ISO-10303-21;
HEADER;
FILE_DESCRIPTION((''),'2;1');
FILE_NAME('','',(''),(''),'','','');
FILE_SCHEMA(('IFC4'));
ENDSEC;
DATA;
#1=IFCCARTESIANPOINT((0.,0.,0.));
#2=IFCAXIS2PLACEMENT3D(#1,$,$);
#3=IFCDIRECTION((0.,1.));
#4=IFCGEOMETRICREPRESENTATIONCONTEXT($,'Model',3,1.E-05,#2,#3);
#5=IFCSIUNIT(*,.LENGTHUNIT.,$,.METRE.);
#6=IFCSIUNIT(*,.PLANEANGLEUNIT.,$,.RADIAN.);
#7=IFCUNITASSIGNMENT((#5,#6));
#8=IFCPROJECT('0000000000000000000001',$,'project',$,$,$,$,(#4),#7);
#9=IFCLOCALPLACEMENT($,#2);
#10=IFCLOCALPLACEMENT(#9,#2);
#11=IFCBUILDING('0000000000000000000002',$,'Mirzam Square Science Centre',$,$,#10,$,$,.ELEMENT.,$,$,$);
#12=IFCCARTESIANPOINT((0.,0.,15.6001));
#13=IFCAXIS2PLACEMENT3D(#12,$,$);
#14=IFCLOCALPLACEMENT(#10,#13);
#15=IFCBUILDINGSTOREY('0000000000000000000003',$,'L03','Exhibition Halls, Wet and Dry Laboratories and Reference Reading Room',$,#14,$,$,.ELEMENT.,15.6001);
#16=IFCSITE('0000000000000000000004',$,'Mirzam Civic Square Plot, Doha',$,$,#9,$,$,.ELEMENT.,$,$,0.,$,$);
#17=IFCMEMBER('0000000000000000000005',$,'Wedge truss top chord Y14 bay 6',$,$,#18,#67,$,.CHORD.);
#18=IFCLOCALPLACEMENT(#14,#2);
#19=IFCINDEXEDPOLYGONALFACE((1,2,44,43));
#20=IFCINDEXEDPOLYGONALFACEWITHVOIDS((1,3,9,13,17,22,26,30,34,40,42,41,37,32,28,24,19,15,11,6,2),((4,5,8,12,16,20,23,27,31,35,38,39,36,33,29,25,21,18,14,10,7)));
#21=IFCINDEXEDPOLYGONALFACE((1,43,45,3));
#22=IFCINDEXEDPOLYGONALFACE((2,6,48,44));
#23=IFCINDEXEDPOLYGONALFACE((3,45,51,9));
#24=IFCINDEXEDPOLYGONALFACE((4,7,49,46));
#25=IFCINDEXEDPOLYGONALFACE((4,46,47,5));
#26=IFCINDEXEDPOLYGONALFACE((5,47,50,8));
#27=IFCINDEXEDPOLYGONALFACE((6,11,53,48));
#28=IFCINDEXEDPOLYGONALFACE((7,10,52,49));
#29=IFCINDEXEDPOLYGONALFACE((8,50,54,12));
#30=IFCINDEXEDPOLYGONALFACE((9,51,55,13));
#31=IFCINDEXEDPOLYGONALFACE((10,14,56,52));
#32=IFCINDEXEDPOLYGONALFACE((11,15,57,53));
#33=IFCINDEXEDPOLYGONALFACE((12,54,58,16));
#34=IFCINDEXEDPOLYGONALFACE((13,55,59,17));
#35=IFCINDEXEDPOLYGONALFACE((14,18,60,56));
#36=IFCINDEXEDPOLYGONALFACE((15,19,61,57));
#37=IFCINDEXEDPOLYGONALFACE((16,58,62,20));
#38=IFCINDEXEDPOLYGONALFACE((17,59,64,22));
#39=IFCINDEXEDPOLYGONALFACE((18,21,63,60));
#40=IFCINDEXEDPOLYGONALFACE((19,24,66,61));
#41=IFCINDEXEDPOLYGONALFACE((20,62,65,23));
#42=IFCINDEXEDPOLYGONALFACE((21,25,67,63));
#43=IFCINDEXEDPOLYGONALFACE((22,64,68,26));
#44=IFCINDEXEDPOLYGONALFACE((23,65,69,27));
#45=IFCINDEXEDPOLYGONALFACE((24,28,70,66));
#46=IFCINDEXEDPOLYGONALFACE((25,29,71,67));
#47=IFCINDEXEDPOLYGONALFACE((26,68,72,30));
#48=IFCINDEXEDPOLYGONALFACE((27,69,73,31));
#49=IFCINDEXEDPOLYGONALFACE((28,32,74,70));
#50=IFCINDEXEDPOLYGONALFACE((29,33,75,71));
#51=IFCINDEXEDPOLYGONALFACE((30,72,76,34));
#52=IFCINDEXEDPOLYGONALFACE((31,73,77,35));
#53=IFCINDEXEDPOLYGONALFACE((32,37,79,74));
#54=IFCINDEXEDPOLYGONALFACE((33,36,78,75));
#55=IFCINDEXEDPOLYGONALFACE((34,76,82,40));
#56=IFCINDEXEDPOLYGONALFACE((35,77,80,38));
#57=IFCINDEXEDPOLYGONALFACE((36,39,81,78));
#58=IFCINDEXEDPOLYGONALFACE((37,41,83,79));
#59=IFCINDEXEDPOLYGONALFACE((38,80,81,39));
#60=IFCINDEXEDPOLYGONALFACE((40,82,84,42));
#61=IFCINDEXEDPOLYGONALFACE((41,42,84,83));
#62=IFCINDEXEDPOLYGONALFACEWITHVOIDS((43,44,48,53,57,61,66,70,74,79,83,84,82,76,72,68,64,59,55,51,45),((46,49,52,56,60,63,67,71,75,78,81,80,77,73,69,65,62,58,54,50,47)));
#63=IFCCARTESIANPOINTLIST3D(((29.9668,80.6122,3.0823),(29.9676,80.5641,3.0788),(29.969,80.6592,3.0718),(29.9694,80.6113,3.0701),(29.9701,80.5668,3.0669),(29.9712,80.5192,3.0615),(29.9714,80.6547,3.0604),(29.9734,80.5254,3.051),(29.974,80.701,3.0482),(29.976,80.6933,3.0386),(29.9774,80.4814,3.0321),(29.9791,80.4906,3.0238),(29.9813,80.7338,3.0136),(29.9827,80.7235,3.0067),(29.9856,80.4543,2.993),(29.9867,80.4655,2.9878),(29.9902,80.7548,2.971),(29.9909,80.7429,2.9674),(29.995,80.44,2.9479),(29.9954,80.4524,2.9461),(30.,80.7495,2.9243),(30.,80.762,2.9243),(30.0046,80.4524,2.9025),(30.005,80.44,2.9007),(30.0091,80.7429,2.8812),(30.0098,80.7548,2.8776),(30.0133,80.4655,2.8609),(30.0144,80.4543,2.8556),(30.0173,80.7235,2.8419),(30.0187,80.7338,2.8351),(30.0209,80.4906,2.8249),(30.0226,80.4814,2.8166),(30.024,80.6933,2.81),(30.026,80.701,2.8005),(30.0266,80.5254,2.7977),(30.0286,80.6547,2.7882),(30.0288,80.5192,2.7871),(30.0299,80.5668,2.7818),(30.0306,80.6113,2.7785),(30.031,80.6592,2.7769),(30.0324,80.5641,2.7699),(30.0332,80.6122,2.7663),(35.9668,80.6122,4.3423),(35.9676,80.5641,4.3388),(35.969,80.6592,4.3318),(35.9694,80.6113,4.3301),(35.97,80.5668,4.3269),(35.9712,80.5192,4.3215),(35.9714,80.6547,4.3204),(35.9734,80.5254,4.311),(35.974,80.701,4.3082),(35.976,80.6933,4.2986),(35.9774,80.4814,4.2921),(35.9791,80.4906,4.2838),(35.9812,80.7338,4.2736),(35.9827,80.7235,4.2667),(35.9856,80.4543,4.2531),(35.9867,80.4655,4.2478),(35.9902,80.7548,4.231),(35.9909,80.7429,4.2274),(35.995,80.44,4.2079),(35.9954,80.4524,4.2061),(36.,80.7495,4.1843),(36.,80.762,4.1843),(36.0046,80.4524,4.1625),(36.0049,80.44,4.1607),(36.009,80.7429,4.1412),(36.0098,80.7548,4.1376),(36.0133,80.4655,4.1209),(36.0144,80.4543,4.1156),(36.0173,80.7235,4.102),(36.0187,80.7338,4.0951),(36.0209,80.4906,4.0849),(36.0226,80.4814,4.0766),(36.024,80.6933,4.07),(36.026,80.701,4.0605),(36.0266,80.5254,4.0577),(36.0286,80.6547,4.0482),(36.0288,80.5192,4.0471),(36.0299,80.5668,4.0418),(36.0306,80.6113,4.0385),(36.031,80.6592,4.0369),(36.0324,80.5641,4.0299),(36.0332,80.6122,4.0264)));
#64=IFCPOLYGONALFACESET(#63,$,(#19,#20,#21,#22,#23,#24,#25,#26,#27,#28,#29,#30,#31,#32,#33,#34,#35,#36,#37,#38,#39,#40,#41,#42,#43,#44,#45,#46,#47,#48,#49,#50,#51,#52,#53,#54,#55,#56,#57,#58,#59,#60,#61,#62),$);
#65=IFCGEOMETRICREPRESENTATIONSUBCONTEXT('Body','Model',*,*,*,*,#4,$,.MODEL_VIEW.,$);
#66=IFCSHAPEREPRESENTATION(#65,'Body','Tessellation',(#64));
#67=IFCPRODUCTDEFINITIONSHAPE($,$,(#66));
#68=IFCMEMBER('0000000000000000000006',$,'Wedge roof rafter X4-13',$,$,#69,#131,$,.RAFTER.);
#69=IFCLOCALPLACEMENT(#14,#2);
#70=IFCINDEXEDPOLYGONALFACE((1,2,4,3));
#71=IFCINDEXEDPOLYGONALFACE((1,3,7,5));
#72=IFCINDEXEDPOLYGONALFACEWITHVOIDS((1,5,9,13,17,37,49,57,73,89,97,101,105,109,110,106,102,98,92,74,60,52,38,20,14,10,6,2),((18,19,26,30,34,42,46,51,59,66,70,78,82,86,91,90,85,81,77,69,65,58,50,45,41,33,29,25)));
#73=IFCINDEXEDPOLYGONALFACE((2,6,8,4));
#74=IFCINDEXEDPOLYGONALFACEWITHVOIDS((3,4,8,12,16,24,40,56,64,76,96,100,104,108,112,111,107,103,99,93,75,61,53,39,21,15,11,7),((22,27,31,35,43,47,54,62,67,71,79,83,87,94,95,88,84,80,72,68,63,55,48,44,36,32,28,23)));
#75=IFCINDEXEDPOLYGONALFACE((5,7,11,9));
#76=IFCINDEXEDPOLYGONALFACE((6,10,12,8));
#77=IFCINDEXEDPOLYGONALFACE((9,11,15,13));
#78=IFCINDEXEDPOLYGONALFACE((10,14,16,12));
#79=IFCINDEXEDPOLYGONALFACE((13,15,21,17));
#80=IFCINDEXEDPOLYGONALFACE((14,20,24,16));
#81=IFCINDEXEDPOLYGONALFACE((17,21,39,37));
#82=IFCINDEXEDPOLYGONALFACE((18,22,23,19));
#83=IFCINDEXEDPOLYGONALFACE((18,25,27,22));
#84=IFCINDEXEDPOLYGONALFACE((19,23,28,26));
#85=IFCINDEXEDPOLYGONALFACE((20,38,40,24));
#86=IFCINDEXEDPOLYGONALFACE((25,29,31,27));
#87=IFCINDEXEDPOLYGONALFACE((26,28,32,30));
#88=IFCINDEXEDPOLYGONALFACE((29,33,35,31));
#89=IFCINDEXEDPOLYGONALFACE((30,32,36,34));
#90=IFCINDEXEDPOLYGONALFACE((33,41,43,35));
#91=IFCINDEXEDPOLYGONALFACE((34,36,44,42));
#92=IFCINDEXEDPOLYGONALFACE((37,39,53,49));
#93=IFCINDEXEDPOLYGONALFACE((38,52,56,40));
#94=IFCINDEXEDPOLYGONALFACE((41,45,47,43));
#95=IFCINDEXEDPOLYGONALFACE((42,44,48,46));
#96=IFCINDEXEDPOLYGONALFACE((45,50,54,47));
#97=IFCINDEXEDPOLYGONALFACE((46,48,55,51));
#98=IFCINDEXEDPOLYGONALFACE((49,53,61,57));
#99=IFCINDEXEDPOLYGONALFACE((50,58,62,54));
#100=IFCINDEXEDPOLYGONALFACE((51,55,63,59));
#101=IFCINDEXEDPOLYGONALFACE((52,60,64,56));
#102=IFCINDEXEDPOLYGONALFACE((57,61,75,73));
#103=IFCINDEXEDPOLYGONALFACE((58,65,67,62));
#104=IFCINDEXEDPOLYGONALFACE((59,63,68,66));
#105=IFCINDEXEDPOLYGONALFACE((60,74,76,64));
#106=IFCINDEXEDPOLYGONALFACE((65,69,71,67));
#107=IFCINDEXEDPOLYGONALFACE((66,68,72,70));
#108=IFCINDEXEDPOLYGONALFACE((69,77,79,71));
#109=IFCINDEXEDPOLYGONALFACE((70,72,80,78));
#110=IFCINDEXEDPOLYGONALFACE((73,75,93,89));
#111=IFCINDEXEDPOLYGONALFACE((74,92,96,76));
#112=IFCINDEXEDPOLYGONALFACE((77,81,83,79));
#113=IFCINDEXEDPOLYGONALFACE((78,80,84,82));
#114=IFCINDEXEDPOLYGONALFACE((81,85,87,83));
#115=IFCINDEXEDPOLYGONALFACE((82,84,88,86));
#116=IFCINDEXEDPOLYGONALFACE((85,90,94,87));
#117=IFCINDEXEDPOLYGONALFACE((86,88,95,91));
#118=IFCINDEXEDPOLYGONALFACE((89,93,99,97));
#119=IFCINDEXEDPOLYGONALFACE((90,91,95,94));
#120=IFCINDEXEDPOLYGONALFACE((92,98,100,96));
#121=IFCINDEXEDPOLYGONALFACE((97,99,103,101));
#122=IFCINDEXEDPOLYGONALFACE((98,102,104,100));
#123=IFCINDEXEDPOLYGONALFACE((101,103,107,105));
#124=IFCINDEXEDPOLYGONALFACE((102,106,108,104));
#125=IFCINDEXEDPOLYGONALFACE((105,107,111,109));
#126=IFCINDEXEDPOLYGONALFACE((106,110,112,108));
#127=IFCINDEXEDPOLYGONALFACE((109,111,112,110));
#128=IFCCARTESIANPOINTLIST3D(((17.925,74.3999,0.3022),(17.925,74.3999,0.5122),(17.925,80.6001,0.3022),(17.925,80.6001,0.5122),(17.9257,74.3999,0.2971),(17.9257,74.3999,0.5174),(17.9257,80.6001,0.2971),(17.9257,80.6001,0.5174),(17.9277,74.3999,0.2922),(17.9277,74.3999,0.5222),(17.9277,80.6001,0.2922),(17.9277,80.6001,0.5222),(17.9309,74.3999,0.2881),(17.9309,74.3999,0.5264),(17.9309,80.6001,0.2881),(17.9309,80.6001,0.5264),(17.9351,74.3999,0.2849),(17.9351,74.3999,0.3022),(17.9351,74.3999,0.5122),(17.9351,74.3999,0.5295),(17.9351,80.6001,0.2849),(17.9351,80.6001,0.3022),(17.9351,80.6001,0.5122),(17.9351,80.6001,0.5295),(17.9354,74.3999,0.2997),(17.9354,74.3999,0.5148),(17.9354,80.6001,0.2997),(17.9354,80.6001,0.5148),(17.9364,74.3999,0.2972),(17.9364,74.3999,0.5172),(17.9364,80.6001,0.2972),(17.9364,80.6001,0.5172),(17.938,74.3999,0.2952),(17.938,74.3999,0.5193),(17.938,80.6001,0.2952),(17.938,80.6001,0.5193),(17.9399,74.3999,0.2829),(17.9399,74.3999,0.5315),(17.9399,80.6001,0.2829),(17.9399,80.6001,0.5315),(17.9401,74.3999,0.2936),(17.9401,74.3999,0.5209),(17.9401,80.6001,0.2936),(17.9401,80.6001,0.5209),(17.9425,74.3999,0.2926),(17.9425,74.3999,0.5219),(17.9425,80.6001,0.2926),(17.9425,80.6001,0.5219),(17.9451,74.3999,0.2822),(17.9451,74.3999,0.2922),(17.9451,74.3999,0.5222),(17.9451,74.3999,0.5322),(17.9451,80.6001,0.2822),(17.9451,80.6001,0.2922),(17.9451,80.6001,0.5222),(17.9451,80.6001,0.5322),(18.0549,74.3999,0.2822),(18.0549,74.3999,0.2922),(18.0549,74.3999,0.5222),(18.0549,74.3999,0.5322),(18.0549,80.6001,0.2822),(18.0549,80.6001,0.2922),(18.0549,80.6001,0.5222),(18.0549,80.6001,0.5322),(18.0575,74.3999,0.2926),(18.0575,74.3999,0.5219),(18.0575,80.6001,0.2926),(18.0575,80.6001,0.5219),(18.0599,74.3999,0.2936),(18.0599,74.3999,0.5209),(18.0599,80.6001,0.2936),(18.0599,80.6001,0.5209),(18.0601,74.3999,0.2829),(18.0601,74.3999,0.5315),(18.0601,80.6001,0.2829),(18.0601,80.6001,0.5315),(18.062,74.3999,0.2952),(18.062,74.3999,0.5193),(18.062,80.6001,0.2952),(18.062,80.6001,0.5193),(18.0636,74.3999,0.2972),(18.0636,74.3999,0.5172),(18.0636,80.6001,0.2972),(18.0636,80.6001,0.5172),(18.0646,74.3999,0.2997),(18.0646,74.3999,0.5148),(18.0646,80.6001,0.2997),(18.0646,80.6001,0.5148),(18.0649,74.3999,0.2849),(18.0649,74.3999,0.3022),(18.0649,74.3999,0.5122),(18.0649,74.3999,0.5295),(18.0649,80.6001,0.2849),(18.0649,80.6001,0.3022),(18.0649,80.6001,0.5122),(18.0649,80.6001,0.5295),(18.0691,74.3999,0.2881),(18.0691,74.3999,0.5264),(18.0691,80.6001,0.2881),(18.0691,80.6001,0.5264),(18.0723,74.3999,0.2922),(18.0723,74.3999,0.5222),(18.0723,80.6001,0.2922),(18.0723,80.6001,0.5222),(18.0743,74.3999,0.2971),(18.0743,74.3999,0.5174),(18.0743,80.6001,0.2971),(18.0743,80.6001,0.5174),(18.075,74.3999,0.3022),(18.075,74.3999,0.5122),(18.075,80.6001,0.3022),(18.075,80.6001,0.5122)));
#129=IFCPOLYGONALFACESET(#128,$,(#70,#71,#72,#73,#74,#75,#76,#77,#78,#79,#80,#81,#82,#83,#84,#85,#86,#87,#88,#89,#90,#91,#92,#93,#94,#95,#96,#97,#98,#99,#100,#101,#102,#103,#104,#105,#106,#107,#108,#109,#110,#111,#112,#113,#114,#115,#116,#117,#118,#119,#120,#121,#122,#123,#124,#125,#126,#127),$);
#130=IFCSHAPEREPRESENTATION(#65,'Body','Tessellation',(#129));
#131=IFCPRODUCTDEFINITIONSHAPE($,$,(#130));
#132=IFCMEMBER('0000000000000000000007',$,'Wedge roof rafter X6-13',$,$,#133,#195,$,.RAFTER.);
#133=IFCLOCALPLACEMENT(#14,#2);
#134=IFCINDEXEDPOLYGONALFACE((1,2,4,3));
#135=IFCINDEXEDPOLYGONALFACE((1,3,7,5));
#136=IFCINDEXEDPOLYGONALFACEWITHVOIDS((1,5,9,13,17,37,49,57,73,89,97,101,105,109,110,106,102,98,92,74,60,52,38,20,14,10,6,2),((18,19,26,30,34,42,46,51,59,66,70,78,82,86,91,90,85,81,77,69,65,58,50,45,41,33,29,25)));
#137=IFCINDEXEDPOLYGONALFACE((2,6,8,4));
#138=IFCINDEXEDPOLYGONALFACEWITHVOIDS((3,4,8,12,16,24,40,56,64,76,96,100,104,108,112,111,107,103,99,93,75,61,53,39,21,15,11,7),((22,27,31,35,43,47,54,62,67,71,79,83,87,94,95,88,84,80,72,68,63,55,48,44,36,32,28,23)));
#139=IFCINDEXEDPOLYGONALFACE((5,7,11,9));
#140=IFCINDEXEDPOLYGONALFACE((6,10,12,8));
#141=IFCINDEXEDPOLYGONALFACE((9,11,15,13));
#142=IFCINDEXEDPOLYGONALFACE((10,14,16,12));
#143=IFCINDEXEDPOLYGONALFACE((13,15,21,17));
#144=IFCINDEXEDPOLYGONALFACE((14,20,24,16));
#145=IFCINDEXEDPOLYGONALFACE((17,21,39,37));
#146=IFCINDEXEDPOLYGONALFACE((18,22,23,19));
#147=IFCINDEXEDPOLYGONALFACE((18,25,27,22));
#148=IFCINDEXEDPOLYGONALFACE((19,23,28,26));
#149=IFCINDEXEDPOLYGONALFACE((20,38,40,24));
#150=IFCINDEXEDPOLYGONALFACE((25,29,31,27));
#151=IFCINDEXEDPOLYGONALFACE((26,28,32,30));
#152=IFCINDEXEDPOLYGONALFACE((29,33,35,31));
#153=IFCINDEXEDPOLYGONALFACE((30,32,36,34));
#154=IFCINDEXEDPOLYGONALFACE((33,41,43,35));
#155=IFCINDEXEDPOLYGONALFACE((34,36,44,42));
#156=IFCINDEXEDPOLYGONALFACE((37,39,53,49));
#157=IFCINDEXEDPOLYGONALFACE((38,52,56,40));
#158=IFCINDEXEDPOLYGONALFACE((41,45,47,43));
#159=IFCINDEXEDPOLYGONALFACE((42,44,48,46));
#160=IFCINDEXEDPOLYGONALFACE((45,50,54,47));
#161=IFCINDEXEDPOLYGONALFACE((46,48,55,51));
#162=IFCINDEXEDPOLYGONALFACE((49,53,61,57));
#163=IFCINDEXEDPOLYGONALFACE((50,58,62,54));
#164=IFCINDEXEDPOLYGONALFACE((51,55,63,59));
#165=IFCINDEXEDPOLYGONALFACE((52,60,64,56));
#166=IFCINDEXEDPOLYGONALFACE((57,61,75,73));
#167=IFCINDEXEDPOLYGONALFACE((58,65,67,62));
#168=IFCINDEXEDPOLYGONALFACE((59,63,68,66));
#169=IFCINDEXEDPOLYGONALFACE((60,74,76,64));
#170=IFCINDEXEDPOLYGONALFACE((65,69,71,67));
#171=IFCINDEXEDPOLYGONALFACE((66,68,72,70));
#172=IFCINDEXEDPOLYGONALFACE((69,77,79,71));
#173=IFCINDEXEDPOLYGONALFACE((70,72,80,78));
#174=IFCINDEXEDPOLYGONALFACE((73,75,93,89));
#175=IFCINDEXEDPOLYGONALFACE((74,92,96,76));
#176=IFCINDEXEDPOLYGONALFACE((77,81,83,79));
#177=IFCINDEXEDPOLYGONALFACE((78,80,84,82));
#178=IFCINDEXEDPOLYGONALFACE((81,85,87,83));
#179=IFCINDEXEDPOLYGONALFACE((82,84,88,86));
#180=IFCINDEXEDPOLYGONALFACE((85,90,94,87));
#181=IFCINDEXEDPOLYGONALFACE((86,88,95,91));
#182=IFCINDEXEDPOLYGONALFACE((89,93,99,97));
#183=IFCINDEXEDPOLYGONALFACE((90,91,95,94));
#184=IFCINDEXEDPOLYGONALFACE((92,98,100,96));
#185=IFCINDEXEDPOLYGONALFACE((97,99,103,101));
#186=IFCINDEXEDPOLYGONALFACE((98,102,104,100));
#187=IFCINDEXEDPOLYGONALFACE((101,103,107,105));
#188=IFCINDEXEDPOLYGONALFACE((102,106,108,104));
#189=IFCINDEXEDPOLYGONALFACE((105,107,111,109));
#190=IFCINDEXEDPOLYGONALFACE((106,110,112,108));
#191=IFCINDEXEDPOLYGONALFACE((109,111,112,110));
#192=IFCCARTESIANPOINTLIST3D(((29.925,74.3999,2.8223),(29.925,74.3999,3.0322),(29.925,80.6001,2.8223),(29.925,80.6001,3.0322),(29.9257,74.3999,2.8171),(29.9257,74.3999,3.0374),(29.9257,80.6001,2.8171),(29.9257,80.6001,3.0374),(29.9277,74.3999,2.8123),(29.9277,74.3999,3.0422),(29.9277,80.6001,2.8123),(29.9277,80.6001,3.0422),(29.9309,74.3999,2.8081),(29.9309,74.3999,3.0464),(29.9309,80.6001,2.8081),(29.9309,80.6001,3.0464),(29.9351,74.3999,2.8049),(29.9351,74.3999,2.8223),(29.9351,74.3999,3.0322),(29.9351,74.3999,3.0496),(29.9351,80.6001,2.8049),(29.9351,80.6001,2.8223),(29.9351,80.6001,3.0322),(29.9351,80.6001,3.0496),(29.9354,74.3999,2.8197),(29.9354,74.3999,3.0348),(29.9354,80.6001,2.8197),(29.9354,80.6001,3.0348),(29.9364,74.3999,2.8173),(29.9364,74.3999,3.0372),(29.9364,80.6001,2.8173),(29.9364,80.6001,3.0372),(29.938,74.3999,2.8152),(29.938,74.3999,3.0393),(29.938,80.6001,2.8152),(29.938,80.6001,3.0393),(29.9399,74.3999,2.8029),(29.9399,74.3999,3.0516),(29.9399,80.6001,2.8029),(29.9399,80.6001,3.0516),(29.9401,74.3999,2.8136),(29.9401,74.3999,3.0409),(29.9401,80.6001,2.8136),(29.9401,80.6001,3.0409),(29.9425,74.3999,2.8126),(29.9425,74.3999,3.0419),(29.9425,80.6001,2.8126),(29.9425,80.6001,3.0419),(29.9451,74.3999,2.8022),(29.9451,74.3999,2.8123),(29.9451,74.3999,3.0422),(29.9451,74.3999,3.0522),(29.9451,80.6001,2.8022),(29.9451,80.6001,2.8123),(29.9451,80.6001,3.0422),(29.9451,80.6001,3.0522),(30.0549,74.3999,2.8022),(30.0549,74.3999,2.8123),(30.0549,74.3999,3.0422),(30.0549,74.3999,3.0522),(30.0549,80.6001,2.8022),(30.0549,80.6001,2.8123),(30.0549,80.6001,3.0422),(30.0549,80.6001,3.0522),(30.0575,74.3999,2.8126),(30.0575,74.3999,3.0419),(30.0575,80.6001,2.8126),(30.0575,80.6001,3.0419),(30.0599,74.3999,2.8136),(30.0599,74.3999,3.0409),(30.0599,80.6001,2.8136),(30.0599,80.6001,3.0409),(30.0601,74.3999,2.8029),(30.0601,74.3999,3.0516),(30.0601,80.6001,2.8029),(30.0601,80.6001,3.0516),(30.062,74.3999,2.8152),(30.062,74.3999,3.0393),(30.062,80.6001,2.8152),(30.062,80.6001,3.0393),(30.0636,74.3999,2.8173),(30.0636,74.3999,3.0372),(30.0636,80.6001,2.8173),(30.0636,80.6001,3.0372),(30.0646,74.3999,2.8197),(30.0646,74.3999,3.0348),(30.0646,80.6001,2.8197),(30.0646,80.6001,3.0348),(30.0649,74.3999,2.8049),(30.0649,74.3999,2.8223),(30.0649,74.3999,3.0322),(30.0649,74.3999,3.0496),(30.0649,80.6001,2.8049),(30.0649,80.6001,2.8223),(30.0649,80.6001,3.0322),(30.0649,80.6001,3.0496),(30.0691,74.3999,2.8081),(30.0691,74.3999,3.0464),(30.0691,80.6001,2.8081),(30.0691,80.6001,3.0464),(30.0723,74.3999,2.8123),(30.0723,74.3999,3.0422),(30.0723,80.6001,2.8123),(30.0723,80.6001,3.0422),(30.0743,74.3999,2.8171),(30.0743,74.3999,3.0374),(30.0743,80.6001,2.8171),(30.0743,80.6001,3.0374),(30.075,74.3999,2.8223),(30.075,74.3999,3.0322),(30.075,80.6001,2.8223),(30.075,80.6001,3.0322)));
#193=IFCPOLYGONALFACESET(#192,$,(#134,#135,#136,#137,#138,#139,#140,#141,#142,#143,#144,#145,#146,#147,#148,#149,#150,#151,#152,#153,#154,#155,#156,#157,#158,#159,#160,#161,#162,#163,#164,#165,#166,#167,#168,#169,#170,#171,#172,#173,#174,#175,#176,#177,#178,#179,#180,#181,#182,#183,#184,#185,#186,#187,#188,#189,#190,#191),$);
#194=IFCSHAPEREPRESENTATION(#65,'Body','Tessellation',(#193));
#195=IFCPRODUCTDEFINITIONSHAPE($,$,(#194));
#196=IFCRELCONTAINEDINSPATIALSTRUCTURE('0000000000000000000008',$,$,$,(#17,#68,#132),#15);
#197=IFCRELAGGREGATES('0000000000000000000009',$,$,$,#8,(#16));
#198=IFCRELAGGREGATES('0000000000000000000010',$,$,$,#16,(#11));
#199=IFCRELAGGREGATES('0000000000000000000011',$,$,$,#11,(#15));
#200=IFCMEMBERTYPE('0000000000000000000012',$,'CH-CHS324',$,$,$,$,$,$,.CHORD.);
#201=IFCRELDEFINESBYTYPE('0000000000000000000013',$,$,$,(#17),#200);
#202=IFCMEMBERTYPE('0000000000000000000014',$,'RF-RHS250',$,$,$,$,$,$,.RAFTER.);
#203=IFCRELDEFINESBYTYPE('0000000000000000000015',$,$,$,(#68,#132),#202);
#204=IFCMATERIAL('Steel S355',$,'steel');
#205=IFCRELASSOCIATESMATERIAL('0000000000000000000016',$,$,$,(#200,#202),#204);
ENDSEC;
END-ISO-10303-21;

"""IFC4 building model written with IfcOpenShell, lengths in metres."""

from ifc_helpers import new_model, si_unit, direction, frame, origin, origin_2d, place, context, subcontext, project, spatial, hollow_rectangle, hollow_circle, extrude, material, material_profile, profile_set, type_object, element, save


model = new_model("IFC4")

# Units and contexts
model_context = context("Model", 3, precision=1e-05, world=origin(), true_north=direction((0.0, 1.0)))
body_context = subcontext(model_context, "Body", "Model", "MODEL_VIEW")
ifc_project = project(units=[si_unit("LENGTHUNIT", "METRE"), si_unit("PLANEANGLEUNIT", "RADIAN")], contexts=[model_context])

# Site, building, storey
site_placement = place(None, origin())
site = spatial("IfcSite", under=ifc_project, at=site_placement, Name="Mirzam Civic Square Plot, Doha", CompositionType="ELEMENT", RefElevation=0.0)
building_placement = place(site_placement, origin())
building = spatial("IfcBuilding", under=site, at=building_placement, Name="Mirzam Square Science Centre", CompositionType="ELEMENT")
storey_placement = place(building_placement, frame((0.0, 0.0, 15.6001)))
storey = spatial("IfcBuildingStorey", under=building, at=storey_placement, Name="L03", Description="Exhibition Halls, Wet and Dry Laboratories and Reference Reading Room", CompositionType="ELEMENT", Elevation=15.6001)

# Shared definitions
ifc_material_1 = material(Name="Steel S355", Category="steel")

# Members
ifc_material_profile_1 = material_profile(ifc_material_1, hollow_circle(Radius=0.1619, WallThickness=0.0125, at=origin_2d()), Name="323.9x12.5CHS")
ifc_profile_set_1 = profile_set([ifc_material_profile_1], Name="Steel S355")
member_type_1 = type_object("IfcMemberType", Name="CH-CHS324", PredefinedType="CHORD", material=ifc_profile_set_1)
for number, where, z_axis, x_axis, name in (
    (1, (30.0, 80.6001, 2.9243), (0.978653, 0.0, 0.205519), (0.0, 1.0, 0.0), "Wedge truss top chord Y14 bay 6"),
):
    element("IfcMember", number, at=place(storey_placement, frame(where, z_axis=z_axis, x_axis=x_axis)), inside=storey, type_object=member_type_1, Name=name, PredefinedType="CHORD", context=body_context, shape_type="SweptSolid", body=[
        extrude(hollow_circle(Radius=0.1619, WallThickness=0.0125, at=origin_2d()), origin(), (0.0, 0.0, 1.0), 6.1309),
    ])
ifc_material_profile_2 = material_profile(ifc_material_1, hollow_rectangle(XDim=0.1499, YDim=0.25, WallThickness=0.01, InnerFilletRadius=0.01, OuterFilletRadius=0.02, at=origin_2d()), Name="250x150x10.0RHS")
ifc_profile_set_2 = profile_set([ifc_material_profile_2], Name="Steel S355")
member_type_2 = type_object("IfcMemberType", Name="RF-RHS250", PredefinedType="RAFTER", material=ifc_profile_set_2)
for number, where, z_axis, x_axis, name in (
    (2, (18.0, 74.3999, 0.4072), (0.0, 1.0, 0.0), (-1.0, 0.0, 0.0), "Wedge roof rafter X4-13"),
    (3, (30.0, 74.3999, 2.9272), (0.0, 1.0, 0.0), (-1.0, 0.0, 0.0), "Wedge roof rafter X6-13"),
):
    element("IfcMember", number, at=place(storey_placement, frame(where, z_axis=z_axis, x_axis=x_axis)), inside=storey, type_object=member_type_2, Name=name, PredefinedType="RAFTER", context=body_context, shape_type="SweptSolid", body=[
        extrude(hollow_rectangle(XDim=0.1499, YDim=0.25, WallThickness=0.01, InnerFilletRadius=0.01, OuterFilletRadius=0.02, at=origin_2d()), origin(), (0.0, 0.0, 1.0), 6.2002),
    ])

save(model, "model.ifc")
